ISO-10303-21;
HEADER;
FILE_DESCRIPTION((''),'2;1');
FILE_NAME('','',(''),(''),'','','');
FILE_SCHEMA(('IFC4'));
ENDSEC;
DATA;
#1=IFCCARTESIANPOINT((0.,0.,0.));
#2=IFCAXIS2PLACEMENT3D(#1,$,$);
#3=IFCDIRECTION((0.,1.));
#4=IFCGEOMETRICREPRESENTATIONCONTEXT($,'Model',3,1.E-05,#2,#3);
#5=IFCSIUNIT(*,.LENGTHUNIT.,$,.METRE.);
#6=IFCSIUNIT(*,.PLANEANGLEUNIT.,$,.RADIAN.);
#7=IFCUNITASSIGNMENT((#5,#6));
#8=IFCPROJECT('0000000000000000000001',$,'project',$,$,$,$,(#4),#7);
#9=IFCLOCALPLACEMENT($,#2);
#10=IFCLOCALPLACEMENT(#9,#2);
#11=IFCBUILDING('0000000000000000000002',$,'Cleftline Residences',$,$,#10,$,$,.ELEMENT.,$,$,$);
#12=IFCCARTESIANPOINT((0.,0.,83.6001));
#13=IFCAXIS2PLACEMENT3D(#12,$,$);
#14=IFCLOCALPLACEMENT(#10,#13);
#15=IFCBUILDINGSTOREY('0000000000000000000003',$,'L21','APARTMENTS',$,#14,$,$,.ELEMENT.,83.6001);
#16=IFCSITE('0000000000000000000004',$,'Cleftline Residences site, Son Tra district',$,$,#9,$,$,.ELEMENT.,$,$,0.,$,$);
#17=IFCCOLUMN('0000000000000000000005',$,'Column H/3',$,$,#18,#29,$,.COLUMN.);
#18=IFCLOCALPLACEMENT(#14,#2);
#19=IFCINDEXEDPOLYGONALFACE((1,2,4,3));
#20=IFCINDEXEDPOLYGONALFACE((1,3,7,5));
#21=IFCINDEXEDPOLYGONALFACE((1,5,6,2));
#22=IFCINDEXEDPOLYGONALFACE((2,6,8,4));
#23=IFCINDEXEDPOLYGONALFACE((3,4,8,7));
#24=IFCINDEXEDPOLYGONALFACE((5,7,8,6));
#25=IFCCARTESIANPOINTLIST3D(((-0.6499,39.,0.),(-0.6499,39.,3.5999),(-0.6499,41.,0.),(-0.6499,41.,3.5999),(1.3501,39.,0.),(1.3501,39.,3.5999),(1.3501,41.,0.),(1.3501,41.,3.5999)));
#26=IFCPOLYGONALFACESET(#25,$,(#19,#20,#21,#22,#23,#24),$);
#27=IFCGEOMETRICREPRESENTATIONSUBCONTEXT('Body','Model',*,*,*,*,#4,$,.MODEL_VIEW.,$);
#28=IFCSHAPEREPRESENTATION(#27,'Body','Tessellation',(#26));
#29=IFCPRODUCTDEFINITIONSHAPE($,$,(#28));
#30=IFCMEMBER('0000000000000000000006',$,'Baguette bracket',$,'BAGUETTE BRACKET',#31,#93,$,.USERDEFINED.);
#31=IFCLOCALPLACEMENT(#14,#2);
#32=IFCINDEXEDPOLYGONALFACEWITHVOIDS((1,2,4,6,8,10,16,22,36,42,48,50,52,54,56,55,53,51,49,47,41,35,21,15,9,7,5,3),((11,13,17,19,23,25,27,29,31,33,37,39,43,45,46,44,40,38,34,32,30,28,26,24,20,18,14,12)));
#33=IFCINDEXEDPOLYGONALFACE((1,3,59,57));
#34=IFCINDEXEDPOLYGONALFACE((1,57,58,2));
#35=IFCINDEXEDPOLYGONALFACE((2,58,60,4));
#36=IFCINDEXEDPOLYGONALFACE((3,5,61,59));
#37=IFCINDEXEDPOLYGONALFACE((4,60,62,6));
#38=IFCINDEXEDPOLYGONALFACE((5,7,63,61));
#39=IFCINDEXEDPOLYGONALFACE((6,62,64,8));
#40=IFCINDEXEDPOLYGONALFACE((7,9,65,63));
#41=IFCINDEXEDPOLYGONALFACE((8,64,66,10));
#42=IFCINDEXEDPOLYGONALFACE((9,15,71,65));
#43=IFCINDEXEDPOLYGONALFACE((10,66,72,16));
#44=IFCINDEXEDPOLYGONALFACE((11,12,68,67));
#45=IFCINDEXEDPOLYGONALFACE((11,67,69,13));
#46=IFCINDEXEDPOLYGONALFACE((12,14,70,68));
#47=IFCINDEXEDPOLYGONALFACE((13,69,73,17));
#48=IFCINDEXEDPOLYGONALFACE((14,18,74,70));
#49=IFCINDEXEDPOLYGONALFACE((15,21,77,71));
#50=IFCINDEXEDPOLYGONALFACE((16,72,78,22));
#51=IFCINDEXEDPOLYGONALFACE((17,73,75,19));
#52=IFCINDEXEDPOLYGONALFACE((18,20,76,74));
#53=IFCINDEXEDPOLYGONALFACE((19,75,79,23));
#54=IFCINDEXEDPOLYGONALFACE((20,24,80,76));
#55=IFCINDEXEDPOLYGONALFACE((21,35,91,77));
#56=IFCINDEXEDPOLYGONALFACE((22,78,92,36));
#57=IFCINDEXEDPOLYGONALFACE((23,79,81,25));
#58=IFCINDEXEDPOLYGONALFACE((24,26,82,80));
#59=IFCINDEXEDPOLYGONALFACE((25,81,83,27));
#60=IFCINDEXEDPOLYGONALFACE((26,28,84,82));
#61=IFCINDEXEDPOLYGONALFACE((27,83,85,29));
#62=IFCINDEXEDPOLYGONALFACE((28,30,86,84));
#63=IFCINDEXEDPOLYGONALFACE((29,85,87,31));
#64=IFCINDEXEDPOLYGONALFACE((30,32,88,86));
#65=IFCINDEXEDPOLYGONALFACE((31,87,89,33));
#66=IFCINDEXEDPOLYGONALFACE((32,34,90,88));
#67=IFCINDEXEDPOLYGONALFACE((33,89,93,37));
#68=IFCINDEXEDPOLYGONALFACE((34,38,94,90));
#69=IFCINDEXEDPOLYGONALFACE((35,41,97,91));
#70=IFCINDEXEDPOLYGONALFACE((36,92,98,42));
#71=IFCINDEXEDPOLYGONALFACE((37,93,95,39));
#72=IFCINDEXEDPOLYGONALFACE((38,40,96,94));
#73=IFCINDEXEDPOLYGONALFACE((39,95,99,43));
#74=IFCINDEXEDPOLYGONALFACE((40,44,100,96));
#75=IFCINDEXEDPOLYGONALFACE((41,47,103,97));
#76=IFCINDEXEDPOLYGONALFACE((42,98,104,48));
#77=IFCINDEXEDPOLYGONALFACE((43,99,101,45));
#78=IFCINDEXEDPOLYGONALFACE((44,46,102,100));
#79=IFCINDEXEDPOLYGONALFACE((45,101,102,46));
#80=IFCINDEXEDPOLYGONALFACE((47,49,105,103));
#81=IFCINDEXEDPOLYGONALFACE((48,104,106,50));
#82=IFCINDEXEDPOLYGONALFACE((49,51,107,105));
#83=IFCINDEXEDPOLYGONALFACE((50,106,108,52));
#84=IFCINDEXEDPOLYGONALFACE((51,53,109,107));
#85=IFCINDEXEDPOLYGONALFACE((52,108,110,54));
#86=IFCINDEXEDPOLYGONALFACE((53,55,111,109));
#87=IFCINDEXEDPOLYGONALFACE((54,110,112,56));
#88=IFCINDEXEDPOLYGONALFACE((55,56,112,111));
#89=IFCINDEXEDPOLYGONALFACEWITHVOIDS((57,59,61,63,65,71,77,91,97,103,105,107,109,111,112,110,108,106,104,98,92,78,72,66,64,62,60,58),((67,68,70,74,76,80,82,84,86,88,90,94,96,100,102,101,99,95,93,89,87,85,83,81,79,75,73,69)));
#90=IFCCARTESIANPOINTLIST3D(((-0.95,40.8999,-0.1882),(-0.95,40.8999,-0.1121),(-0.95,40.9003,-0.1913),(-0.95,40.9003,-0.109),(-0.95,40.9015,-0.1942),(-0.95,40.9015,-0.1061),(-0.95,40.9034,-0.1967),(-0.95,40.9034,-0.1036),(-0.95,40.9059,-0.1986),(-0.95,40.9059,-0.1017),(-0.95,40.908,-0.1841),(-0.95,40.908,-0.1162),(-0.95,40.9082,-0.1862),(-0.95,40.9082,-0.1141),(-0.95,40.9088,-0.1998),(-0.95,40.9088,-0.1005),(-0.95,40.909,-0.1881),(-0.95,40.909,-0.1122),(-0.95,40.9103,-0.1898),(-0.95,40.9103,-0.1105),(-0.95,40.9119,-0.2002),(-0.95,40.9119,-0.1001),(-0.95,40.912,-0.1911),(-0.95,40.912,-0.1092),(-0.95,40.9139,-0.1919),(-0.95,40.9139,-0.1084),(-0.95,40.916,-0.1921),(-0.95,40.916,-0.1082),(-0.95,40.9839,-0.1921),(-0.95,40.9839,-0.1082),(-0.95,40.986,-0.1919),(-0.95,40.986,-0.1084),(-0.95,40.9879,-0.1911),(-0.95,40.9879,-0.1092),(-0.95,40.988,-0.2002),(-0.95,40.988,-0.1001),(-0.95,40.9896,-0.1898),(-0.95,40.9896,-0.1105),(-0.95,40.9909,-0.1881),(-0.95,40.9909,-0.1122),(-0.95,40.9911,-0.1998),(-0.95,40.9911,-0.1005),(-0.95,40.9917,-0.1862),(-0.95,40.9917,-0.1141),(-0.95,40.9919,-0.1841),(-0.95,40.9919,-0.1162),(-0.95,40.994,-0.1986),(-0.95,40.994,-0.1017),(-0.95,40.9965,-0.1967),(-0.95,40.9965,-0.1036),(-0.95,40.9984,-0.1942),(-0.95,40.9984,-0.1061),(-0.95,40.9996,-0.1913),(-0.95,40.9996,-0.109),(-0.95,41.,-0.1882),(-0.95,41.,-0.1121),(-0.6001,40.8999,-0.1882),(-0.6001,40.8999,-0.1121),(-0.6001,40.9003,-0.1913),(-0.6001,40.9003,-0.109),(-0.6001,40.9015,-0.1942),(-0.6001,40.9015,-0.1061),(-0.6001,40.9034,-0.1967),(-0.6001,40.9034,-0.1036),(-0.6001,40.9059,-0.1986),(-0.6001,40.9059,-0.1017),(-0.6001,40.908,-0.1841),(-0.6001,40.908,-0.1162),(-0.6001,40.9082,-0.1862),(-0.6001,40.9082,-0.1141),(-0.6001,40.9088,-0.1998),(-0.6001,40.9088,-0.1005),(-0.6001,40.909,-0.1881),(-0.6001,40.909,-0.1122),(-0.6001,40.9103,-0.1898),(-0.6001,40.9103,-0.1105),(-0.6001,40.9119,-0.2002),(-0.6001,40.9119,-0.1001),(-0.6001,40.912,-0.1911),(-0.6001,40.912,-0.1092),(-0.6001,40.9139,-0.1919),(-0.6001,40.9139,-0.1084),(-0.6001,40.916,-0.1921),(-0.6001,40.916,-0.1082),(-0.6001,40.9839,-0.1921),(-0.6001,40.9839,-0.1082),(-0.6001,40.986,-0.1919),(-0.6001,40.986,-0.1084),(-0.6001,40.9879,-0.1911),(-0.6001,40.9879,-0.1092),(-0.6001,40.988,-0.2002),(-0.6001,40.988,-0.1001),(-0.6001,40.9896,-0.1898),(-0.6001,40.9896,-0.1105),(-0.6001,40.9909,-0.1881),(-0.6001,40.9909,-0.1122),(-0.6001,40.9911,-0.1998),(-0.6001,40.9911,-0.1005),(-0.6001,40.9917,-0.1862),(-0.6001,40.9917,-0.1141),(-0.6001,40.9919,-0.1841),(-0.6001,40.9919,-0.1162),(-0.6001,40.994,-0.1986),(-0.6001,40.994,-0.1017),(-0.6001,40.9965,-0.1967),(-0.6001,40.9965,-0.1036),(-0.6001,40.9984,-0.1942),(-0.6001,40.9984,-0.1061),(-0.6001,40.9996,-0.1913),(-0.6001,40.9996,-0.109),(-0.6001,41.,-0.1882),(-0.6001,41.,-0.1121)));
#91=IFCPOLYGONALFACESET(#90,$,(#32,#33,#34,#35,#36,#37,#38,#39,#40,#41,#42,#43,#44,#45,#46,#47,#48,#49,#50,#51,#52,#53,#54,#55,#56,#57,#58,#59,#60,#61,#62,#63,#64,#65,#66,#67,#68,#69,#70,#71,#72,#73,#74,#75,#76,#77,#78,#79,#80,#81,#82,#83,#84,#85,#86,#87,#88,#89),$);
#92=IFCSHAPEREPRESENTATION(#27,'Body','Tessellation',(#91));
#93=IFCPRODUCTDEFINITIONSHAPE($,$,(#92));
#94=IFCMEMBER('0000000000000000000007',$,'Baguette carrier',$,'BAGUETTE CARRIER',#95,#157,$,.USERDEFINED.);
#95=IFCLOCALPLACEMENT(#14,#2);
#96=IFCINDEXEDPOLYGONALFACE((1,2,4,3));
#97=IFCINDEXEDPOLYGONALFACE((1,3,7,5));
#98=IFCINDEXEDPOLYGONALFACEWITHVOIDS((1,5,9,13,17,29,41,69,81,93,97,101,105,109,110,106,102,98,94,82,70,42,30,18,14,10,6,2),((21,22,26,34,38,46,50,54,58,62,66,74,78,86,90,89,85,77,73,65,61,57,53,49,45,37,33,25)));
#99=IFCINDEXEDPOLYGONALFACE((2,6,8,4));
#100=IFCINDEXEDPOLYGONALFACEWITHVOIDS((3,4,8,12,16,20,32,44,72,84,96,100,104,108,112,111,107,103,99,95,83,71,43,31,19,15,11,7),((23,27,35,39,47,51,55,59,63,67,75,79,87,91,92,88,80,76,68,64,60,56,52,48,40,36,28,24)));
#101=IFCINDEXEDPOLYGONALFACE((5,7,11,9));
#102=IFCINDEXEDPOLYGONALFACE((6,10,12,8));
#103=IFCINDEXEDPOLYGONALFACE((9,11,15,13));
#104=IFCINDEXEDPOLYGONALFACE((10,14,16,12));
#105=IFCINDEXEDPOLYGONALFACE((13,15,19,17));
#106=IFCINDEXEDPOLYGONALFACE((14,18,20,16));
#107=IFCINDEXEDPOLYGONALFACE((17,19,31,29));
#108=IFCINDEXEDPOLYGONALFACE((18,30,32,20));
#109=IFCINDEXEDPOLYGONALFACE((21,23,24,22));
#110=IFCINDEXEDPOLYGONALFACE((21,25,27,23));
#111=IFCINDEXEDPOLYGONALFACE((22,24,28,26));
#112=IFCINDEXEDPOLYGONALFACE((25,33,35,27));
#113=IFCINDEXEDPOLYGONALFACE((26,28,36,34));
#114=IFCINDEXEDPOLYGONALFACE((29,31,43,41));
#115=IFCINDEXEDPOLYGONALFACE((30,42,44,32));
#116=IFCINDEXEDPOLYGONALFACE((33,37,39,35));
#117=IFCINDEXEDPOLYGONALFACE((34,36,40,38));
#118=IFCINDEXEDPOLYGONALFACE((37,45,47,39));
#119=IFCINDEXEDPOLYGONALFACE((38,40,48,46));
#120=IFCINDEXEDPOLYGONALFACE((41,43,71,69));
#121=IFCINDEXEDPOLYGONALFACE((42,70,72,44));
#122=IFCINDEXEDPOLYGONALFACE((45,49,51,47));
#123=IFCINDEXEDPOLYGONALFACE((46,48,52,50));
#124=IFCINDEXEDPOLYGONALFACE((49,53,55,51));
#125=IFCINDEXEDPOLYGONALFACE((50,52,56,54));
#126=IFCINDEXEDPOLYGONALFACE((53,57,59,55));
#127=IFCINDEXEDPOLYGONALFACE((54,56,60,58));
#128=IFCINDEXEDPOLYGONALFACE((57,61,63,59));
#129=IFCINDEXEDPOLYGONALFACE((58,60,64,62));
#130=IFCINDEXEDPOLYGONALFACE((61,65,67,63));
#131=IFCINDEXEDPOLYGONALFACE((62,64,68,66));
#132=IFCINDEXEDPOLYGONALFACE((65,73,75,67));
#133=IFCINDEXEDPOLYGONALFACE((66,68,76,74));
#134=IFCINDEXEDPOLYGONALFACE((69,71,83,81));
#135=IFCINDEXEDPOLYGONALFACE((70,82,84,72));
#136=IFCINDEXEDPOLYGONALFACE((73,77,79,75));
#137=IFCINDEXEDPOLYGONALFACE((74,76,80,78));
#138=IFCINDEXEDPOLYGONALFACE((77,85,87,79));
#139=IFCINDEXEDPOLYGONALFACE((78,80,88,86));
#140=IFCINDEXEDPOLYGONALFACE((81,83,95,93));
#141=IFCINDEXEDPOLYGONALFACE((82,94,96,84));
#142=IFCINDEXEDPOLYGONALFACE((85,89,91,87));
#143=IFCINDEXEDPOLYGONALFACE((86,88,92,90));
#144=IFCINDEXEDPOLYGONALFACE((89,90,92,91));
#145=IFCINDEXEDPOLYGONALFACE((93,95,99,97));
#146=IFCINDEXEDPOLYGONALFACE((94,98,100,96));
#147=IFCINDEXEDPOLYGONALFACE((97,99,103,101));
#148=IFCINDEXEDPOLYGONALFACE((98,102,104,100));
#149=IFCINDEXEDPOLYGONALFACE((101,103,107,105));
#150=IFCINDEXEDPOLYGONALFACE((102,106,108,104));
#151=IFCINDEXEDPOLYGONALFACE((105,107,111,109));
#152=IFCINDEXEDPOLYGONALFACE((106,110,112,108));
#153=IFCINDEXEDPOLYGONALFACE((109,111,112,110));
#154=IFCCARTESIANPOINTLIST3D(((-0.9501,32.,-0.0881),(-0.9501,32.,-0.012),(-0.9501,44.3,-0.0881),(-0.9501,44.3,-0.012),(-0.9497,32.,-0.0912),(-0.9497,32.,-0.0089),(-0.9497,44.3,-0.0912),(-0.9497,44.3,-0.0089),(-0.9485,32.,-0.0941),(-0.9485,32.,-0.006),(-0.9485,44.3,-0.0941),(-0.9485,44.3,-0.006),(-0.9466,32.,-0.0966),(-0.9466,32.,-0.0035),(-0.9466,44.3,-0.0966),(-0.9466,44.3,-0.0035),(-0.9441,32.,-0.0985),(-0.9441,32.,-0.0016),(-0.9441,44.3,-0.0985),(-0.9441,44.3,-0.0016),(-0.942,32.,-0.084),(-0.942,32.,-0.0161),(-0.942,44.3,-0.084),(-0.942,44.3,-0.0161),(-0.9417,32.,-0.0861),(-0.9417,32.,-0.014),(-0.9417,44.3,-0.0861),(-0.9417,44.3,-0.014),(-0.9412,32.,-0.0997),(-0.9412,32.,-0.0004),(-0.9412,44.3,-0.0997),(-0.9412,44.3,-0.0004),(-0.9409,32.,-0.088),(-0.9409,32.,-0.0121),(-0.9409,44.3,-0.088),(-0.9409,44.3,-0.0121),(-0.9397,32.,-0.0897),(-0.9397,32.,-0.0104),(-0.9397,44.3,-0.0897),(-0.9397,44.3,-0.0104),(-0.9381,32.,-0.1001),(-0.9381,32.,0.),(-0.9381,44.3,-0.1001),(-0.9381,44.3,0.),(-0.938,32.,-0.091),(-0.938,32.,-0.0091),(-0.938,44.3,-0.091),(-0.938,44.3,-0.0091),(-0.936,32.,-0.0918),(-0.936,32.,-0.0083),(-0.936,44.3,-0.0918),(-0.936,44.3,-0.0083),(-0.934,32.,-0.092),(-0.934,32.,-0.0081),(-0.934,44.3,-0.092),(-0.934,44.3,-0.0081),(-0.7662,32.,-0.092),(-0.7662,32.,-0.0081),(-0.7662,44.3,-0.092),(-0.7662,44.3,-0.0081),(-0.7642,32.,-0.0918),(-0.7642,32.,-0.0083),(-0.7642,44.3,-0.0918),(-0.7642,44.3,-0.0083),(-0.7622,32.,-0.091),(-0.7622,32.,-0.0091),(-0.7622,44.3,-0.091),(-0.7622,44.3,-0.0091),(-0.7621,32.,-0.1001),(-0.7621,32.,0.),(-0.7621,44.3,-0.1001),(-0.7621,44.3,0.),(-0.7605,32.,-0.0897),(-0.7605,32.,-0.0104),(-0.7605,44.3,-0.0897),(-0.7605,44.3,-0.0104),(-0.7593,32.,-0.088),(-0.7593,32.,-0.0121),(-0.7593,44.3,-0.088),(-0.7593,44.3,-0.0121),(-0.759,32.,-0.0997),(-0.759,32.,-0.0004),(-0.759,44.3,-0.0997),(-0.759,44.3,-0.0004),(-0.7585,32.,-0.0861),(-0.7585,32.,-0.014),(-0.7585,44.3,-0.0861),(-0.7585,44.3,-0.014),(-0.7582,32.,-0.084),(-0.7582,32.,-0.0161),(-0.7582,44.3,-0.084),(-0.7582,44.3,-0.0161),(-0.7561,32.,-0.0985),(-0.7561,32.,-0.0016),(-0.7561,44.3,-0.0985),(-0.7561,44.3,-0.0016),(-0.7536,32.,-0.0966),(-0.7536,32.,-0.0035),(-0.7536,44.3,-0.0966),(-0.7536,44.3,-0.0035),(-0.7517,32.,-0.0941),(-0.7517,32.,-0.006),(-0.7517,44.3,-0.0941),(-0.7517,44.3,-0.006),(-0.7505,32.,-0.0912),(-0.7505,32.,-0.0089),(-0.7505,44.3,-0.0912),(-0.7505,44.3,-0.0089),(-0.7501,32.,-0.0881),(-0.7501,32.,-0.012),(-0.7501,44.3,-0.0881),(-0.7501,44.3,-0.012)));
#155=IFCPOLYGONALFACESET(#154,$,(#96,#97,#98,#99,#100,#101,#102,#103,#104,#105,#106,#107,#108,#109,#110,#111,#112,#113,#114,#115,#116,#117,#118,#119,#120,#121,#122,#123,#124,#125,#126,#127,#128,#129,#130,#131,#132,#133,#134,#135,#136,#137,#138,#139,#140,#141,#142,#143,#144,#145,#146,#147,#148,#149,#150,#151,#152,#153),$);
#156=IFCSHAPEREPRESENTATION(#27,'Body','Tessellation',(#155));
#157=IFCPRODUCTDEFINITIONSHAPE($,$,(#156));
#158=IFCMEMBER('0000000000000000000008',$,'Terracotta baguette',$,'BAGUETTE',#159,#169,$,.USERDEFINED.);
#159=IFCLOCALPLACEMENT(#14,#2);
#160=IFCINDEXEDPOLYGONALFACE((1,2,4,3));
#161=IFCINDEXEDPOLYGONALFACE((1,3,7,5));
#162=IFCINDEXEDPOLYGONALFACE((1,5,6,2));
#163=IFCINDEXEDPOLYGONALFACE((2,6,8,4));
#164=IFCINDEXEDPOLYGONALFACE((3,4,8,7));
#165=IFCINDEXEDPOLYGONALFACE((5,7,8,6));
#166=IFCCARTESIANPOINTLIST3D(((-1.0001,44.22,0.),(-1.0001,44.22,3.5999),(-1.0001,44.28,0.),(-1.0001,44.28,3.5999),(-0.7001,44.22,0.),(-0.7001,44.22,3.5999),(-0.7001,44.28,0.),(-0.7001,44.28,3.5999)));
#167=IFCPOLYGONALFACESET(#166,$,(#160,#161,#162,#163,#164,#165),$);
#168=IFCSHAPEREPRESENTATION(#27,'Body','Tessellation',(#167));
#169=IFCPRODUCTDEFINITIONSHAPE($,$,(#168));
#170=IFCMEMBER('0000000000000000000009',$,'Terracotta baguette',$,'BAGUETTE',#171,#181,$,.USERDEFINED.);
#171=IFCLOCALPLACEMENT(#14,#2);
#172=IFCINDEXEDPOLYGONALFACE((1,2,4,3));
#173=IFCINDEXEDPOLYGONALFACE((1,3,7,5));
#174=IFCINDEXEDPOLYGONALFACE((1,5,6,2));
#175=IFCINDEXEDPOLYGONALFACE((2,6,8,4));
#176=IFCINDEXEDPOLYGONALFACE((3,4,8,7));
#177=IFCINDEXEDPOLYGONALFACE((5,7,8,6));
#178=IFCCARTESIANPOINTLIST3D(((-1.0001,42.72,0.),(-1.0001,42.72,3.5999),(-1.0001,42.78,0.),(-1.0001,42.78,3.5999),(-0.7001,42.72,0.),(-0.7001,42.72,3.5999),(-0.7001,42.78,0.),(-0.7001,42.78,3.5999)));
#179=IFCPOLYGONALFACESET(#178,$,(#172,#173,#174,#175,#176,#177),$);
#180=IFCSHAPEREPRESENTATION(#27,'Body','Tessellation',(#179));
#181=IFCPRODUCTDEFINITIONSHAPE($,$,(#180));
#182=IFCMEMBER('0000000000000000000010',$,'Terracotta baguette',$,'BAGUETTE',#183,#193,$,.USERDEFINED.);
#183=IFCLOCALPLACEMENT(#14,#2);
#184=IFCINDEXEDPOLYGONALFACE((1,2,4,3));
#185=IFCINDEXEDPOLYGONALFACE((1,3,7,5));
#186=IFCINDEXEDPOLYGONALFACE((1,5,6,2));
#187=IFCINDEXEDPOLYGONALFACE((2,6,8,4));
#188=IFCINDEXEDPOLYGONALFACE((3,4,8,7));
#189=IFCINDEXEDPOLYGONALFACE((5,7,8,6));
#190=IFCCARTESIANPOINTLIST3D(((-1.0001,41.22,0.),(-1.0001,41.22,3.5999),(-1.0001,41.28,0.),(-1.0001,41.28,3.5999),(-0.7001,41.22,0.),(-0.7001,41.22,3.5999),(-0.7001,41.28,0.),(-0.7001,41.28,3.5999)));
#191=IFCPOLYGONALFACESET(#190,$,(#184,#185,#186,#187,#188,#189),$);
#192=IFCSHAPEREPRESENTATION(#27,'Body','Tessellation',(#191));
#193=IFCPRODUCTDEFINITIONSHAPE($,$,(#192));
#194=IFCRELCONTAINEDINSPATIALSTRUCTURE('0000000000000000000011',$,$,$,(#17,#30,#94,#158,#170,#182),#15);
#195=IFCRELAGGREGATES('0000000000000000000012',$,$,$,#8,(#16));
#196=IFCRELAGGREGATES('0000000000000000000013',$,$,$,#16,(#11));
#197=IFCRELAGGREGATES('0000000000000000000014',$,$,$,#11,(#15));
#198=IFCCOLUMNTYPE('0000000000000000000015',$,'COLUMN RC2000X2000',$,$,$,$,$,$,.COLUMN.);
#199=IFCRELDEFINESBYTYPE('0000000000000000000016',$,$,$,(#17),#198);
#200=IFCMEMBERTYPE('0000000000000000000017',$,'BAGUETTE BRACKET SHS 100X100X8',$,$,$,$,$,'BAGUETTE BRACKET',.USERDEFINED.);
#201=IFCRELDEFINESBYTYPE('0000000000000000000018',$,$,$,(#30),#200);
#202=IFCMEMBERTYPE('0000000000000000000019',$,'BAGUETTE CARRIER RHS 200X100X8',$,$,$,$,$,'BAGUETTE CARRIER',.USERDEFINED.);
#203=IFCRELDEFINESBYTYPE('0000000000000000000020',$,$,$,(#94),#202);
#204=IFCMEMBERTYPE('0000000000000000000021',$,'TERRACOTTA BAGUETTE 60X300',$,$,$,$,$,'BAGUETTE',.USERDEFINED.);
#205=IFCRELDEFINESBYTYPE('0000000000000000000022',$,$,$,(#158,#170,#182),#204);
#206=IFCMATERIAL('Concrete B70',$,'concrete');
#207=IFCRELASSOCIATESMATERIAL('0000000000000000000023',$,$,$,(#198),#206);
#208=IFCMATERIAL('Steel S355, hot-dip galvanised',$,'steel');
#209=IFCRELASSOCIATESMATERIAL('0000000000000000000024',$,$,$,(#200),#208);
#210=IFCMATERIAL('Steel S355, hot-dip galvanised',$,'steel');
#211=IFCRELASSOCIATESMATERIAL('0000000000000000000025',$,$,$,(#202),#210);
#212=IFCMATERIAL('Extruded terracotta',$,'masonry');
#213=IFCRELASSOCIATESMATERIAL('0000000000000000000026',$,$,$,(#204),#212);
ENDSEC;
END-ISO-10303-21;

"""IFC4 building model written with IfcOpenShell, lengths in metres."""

from ifc_helpers import new_model, si_unit, direction, frame, origin, origin_2d, place, context, subcontext, project, spatial, rectangle, hollow_rectangle, extrude, material, material_profile, profile_set, type_object, element, save


model = new_model("IFC4")

# Units and contexts
model_context = context("Model", 3, precision=1e-05, world=origin(), true_north=direction((0.0, 1.0)))
body_context = subcontext(model_context, "Body", "Model", "MODEL_VIEW")
ifc_project = project(units=[si_unit("LENGTHUNIT", "METRE"), si_unit("PLANEANGLEUNIT", "RADIAN")], contexts=[model_context])

# Site, building, storey
site_placement = place(None, origin())
site = spatial("IfcSite", under=ifc_project, at=site_placement, Name="Cleftline Residences site, Son Tra district", CompositionType="ELEMENT", RefElevation=0.0)
building_placement = place(site_placement, origin())
building = spatial("IfcBuilding", under=site, at=building_placement, Name="Cleftline Residences", CompositionType="ELEMENT")
storey_placement = place(building_placement, frame((0.0, 0.0, 83.6001)))
storey = spatial("IfcBuildingStorey", under=building, at=storey_placement, Name="L21", Description="APARTMENTS", CompositionType="ELEMENT", Elevation=83.6001)

# Column
ifc_material_1 = material(Name="Concrete B70", Category="concrete")
ifc_material_profile_1 = material_profile(ifc_material_1, rectangle(XDim=2.0, YDim=2.0, at=origin_2d()))
ifc_profile_set_1 = profile_set([ifc_material_profile_1], Name="Concrete B70")
column_type = type_object("IfcColumnType", Name="COLUMN RC2000X2000", PredefinedType="COLUMN", material=ifc_profile_set_1)
column_placement = place(storey_placement, frame((0.3501, 40.0, 0.0), z_axis=(0.0, 0.0, 1.0), x_axis=(1.0, 0.0, 0.0)))
element("IfcColumn", 1, at=column_placement, inside=storey, type_object=column_type, Name="Column H/3", PredefinedType="COLUMN", context=body_context, shape_type="SweptSolid", body=[
    extrude(rectangle(XDim=2.0, YDim=2.0, at=origin_2d()), origin(), (0.0, 0.0, 1.0), 3.5999),
])

# Members
ifc_material_2 = material(Name="Steel S355, hot-dip galvanised", Category="steel")
ifc_material_profile_2 = material_profile(ifc_material_2, hollow_rectangle(XDim=0.1001, YDim=0.1001, WallThickness=0.0081, InnerFilletRadius=0.0081, OuterFilletRadius=0.012, at=origin_2d()))
ifc_profile_set_2 = profile_set([ifc_material_profile_2], Name="Steel S355, hot-dip galvanised")
member_type_1 = type_object("IfcMemberType", Name="BAGUETTE BRACKET SHS 100X100X8", ElementType="BAGUETTE BRACKET", PredefinedType="USERDEFINED", material=ifc_profile_set_2)
member_1_placement = place(storey_placement, frame((-0.6001, 40.95, -0.1501), z_axis=(-1.0, 0.0, 0.0), x_axis=(0.0, -1.0, 0.0)))
element("IfcMember", 2, at=member_1_placement, inside=storey, type_object=member_type_1, Name="Baguette bracket", ObjectType="BAGUETTE BRACKET", PredefinedType="USERDEFINED", context=body_context, shape_type="SweptSolid", body=[
    extrude(hollow_rectangle(XDim=0.1001, YDim=0.1001, WallThickness=0.0081, InnerFilletRadius=0.0081, OuterFilletRadius=0.012, at=origin_2d()), origin(), (0.0, 0.0, 1.0), 0.3499),
])
ifc_material_3 = material(Name="Steel S355, hot-dip galvanised", Category="steel")
ifc_material_profile_3 = material_profile(ifc_material_3, hollow_rectangle(XDim=0.1001, YDim=0.2, WallThickness=0.0081, InnerFilletRadius=0.0081, OuterFilletRadius=0.012, at=origin_2d()))
ifc_profile_set_3 = profile_set([ifc_material_profile_3], Name="Steel S355, hot-dip galvanised")
member_type_2 = type_object("IfcMemberType", Name="BAGUETTE CARRIER RHS 200X100X8", ElementType="BAGUETTE CARRIER", PredefinedType="USERDEFINED", material=ifc_profile_set_3)
member_2_placement = place(storey_placement, frame((-0.8501, 44.3, -0.05), z_axis=(0.0, -1.0, 0.0), x_axis=(0.0, 0.0, 1.0)))
element("IfcMember", 3, at=member_2_placement, inside=storey, type_object=member_type_2, Name="Baguette carrier", ObjectType="BAGUETTE CARRIER", PredefinedType="USERDEFINED", context=body_context, shape_type="SweptSolid", body=[
    extrude(hollow_rectangle(XDim=0.1001, YDim=0.2, WallThickness=0.0081, InnerFilletRadius=0.0081, OuterFilletRadius=0.012, at=origin_2d()), origin(), (0.0, 0.0, 1.0), 12.3),
])
ifc_material_4 = material(Name="Extruded terracotta", Category="masonry")
ifc_material_profile_4 = material_profile(ifc_material_4, rectangle(XDim=0.0601, YDim=0.3, at=origin_2d()))
ifc_profile_set_4 = profile_set([ifc_material_profile_4], Name="Extruded terracotta")
member_type_3 = type_object("IfcMemberType", Name="TERRACOTTA BAGUETTE 60X300", ElementType="BAGUETTE", PredefinedType="USERDEFINED", material=ifc_profile_set_4)
for number, where, z_axis, x_axis, name in (
    (4, (-0.8501, 44.25, 0.0), (0.0, 0.0, 1.0), (0.0, 1.0, 0.0), "Terracotta baguette"),
    (5, (-0.8501, 42.75, 0.0), (0.0, 0.0, 1.0), (0.0, 1.0, 0.0), "Terracotta baguette"),
    (6, (-0.8501, 41.25, 0.0), (0.0, 0.0, 1.0), (0.0, 1.0, 0.0), "Terracotta baguette"),
):
    element("IfcMember", number, at=place(storey_placement, frame(where, z_axis=z_axis, x_axis=x_axis)), inside=storey, type_object=member_type_3, Name=name, ObjectType="BAGUETTE", PredefinedType="USERDEFINED", context=body_context, shape_type="SweptSolid", body=[
        extrude(rectangle(XDim=0.0601, YDim=0.3, at=origin_2d()), origin(), (0.0, 0.0, 1.0), 3.5999),
    ])

save(model, "model.ifc")
